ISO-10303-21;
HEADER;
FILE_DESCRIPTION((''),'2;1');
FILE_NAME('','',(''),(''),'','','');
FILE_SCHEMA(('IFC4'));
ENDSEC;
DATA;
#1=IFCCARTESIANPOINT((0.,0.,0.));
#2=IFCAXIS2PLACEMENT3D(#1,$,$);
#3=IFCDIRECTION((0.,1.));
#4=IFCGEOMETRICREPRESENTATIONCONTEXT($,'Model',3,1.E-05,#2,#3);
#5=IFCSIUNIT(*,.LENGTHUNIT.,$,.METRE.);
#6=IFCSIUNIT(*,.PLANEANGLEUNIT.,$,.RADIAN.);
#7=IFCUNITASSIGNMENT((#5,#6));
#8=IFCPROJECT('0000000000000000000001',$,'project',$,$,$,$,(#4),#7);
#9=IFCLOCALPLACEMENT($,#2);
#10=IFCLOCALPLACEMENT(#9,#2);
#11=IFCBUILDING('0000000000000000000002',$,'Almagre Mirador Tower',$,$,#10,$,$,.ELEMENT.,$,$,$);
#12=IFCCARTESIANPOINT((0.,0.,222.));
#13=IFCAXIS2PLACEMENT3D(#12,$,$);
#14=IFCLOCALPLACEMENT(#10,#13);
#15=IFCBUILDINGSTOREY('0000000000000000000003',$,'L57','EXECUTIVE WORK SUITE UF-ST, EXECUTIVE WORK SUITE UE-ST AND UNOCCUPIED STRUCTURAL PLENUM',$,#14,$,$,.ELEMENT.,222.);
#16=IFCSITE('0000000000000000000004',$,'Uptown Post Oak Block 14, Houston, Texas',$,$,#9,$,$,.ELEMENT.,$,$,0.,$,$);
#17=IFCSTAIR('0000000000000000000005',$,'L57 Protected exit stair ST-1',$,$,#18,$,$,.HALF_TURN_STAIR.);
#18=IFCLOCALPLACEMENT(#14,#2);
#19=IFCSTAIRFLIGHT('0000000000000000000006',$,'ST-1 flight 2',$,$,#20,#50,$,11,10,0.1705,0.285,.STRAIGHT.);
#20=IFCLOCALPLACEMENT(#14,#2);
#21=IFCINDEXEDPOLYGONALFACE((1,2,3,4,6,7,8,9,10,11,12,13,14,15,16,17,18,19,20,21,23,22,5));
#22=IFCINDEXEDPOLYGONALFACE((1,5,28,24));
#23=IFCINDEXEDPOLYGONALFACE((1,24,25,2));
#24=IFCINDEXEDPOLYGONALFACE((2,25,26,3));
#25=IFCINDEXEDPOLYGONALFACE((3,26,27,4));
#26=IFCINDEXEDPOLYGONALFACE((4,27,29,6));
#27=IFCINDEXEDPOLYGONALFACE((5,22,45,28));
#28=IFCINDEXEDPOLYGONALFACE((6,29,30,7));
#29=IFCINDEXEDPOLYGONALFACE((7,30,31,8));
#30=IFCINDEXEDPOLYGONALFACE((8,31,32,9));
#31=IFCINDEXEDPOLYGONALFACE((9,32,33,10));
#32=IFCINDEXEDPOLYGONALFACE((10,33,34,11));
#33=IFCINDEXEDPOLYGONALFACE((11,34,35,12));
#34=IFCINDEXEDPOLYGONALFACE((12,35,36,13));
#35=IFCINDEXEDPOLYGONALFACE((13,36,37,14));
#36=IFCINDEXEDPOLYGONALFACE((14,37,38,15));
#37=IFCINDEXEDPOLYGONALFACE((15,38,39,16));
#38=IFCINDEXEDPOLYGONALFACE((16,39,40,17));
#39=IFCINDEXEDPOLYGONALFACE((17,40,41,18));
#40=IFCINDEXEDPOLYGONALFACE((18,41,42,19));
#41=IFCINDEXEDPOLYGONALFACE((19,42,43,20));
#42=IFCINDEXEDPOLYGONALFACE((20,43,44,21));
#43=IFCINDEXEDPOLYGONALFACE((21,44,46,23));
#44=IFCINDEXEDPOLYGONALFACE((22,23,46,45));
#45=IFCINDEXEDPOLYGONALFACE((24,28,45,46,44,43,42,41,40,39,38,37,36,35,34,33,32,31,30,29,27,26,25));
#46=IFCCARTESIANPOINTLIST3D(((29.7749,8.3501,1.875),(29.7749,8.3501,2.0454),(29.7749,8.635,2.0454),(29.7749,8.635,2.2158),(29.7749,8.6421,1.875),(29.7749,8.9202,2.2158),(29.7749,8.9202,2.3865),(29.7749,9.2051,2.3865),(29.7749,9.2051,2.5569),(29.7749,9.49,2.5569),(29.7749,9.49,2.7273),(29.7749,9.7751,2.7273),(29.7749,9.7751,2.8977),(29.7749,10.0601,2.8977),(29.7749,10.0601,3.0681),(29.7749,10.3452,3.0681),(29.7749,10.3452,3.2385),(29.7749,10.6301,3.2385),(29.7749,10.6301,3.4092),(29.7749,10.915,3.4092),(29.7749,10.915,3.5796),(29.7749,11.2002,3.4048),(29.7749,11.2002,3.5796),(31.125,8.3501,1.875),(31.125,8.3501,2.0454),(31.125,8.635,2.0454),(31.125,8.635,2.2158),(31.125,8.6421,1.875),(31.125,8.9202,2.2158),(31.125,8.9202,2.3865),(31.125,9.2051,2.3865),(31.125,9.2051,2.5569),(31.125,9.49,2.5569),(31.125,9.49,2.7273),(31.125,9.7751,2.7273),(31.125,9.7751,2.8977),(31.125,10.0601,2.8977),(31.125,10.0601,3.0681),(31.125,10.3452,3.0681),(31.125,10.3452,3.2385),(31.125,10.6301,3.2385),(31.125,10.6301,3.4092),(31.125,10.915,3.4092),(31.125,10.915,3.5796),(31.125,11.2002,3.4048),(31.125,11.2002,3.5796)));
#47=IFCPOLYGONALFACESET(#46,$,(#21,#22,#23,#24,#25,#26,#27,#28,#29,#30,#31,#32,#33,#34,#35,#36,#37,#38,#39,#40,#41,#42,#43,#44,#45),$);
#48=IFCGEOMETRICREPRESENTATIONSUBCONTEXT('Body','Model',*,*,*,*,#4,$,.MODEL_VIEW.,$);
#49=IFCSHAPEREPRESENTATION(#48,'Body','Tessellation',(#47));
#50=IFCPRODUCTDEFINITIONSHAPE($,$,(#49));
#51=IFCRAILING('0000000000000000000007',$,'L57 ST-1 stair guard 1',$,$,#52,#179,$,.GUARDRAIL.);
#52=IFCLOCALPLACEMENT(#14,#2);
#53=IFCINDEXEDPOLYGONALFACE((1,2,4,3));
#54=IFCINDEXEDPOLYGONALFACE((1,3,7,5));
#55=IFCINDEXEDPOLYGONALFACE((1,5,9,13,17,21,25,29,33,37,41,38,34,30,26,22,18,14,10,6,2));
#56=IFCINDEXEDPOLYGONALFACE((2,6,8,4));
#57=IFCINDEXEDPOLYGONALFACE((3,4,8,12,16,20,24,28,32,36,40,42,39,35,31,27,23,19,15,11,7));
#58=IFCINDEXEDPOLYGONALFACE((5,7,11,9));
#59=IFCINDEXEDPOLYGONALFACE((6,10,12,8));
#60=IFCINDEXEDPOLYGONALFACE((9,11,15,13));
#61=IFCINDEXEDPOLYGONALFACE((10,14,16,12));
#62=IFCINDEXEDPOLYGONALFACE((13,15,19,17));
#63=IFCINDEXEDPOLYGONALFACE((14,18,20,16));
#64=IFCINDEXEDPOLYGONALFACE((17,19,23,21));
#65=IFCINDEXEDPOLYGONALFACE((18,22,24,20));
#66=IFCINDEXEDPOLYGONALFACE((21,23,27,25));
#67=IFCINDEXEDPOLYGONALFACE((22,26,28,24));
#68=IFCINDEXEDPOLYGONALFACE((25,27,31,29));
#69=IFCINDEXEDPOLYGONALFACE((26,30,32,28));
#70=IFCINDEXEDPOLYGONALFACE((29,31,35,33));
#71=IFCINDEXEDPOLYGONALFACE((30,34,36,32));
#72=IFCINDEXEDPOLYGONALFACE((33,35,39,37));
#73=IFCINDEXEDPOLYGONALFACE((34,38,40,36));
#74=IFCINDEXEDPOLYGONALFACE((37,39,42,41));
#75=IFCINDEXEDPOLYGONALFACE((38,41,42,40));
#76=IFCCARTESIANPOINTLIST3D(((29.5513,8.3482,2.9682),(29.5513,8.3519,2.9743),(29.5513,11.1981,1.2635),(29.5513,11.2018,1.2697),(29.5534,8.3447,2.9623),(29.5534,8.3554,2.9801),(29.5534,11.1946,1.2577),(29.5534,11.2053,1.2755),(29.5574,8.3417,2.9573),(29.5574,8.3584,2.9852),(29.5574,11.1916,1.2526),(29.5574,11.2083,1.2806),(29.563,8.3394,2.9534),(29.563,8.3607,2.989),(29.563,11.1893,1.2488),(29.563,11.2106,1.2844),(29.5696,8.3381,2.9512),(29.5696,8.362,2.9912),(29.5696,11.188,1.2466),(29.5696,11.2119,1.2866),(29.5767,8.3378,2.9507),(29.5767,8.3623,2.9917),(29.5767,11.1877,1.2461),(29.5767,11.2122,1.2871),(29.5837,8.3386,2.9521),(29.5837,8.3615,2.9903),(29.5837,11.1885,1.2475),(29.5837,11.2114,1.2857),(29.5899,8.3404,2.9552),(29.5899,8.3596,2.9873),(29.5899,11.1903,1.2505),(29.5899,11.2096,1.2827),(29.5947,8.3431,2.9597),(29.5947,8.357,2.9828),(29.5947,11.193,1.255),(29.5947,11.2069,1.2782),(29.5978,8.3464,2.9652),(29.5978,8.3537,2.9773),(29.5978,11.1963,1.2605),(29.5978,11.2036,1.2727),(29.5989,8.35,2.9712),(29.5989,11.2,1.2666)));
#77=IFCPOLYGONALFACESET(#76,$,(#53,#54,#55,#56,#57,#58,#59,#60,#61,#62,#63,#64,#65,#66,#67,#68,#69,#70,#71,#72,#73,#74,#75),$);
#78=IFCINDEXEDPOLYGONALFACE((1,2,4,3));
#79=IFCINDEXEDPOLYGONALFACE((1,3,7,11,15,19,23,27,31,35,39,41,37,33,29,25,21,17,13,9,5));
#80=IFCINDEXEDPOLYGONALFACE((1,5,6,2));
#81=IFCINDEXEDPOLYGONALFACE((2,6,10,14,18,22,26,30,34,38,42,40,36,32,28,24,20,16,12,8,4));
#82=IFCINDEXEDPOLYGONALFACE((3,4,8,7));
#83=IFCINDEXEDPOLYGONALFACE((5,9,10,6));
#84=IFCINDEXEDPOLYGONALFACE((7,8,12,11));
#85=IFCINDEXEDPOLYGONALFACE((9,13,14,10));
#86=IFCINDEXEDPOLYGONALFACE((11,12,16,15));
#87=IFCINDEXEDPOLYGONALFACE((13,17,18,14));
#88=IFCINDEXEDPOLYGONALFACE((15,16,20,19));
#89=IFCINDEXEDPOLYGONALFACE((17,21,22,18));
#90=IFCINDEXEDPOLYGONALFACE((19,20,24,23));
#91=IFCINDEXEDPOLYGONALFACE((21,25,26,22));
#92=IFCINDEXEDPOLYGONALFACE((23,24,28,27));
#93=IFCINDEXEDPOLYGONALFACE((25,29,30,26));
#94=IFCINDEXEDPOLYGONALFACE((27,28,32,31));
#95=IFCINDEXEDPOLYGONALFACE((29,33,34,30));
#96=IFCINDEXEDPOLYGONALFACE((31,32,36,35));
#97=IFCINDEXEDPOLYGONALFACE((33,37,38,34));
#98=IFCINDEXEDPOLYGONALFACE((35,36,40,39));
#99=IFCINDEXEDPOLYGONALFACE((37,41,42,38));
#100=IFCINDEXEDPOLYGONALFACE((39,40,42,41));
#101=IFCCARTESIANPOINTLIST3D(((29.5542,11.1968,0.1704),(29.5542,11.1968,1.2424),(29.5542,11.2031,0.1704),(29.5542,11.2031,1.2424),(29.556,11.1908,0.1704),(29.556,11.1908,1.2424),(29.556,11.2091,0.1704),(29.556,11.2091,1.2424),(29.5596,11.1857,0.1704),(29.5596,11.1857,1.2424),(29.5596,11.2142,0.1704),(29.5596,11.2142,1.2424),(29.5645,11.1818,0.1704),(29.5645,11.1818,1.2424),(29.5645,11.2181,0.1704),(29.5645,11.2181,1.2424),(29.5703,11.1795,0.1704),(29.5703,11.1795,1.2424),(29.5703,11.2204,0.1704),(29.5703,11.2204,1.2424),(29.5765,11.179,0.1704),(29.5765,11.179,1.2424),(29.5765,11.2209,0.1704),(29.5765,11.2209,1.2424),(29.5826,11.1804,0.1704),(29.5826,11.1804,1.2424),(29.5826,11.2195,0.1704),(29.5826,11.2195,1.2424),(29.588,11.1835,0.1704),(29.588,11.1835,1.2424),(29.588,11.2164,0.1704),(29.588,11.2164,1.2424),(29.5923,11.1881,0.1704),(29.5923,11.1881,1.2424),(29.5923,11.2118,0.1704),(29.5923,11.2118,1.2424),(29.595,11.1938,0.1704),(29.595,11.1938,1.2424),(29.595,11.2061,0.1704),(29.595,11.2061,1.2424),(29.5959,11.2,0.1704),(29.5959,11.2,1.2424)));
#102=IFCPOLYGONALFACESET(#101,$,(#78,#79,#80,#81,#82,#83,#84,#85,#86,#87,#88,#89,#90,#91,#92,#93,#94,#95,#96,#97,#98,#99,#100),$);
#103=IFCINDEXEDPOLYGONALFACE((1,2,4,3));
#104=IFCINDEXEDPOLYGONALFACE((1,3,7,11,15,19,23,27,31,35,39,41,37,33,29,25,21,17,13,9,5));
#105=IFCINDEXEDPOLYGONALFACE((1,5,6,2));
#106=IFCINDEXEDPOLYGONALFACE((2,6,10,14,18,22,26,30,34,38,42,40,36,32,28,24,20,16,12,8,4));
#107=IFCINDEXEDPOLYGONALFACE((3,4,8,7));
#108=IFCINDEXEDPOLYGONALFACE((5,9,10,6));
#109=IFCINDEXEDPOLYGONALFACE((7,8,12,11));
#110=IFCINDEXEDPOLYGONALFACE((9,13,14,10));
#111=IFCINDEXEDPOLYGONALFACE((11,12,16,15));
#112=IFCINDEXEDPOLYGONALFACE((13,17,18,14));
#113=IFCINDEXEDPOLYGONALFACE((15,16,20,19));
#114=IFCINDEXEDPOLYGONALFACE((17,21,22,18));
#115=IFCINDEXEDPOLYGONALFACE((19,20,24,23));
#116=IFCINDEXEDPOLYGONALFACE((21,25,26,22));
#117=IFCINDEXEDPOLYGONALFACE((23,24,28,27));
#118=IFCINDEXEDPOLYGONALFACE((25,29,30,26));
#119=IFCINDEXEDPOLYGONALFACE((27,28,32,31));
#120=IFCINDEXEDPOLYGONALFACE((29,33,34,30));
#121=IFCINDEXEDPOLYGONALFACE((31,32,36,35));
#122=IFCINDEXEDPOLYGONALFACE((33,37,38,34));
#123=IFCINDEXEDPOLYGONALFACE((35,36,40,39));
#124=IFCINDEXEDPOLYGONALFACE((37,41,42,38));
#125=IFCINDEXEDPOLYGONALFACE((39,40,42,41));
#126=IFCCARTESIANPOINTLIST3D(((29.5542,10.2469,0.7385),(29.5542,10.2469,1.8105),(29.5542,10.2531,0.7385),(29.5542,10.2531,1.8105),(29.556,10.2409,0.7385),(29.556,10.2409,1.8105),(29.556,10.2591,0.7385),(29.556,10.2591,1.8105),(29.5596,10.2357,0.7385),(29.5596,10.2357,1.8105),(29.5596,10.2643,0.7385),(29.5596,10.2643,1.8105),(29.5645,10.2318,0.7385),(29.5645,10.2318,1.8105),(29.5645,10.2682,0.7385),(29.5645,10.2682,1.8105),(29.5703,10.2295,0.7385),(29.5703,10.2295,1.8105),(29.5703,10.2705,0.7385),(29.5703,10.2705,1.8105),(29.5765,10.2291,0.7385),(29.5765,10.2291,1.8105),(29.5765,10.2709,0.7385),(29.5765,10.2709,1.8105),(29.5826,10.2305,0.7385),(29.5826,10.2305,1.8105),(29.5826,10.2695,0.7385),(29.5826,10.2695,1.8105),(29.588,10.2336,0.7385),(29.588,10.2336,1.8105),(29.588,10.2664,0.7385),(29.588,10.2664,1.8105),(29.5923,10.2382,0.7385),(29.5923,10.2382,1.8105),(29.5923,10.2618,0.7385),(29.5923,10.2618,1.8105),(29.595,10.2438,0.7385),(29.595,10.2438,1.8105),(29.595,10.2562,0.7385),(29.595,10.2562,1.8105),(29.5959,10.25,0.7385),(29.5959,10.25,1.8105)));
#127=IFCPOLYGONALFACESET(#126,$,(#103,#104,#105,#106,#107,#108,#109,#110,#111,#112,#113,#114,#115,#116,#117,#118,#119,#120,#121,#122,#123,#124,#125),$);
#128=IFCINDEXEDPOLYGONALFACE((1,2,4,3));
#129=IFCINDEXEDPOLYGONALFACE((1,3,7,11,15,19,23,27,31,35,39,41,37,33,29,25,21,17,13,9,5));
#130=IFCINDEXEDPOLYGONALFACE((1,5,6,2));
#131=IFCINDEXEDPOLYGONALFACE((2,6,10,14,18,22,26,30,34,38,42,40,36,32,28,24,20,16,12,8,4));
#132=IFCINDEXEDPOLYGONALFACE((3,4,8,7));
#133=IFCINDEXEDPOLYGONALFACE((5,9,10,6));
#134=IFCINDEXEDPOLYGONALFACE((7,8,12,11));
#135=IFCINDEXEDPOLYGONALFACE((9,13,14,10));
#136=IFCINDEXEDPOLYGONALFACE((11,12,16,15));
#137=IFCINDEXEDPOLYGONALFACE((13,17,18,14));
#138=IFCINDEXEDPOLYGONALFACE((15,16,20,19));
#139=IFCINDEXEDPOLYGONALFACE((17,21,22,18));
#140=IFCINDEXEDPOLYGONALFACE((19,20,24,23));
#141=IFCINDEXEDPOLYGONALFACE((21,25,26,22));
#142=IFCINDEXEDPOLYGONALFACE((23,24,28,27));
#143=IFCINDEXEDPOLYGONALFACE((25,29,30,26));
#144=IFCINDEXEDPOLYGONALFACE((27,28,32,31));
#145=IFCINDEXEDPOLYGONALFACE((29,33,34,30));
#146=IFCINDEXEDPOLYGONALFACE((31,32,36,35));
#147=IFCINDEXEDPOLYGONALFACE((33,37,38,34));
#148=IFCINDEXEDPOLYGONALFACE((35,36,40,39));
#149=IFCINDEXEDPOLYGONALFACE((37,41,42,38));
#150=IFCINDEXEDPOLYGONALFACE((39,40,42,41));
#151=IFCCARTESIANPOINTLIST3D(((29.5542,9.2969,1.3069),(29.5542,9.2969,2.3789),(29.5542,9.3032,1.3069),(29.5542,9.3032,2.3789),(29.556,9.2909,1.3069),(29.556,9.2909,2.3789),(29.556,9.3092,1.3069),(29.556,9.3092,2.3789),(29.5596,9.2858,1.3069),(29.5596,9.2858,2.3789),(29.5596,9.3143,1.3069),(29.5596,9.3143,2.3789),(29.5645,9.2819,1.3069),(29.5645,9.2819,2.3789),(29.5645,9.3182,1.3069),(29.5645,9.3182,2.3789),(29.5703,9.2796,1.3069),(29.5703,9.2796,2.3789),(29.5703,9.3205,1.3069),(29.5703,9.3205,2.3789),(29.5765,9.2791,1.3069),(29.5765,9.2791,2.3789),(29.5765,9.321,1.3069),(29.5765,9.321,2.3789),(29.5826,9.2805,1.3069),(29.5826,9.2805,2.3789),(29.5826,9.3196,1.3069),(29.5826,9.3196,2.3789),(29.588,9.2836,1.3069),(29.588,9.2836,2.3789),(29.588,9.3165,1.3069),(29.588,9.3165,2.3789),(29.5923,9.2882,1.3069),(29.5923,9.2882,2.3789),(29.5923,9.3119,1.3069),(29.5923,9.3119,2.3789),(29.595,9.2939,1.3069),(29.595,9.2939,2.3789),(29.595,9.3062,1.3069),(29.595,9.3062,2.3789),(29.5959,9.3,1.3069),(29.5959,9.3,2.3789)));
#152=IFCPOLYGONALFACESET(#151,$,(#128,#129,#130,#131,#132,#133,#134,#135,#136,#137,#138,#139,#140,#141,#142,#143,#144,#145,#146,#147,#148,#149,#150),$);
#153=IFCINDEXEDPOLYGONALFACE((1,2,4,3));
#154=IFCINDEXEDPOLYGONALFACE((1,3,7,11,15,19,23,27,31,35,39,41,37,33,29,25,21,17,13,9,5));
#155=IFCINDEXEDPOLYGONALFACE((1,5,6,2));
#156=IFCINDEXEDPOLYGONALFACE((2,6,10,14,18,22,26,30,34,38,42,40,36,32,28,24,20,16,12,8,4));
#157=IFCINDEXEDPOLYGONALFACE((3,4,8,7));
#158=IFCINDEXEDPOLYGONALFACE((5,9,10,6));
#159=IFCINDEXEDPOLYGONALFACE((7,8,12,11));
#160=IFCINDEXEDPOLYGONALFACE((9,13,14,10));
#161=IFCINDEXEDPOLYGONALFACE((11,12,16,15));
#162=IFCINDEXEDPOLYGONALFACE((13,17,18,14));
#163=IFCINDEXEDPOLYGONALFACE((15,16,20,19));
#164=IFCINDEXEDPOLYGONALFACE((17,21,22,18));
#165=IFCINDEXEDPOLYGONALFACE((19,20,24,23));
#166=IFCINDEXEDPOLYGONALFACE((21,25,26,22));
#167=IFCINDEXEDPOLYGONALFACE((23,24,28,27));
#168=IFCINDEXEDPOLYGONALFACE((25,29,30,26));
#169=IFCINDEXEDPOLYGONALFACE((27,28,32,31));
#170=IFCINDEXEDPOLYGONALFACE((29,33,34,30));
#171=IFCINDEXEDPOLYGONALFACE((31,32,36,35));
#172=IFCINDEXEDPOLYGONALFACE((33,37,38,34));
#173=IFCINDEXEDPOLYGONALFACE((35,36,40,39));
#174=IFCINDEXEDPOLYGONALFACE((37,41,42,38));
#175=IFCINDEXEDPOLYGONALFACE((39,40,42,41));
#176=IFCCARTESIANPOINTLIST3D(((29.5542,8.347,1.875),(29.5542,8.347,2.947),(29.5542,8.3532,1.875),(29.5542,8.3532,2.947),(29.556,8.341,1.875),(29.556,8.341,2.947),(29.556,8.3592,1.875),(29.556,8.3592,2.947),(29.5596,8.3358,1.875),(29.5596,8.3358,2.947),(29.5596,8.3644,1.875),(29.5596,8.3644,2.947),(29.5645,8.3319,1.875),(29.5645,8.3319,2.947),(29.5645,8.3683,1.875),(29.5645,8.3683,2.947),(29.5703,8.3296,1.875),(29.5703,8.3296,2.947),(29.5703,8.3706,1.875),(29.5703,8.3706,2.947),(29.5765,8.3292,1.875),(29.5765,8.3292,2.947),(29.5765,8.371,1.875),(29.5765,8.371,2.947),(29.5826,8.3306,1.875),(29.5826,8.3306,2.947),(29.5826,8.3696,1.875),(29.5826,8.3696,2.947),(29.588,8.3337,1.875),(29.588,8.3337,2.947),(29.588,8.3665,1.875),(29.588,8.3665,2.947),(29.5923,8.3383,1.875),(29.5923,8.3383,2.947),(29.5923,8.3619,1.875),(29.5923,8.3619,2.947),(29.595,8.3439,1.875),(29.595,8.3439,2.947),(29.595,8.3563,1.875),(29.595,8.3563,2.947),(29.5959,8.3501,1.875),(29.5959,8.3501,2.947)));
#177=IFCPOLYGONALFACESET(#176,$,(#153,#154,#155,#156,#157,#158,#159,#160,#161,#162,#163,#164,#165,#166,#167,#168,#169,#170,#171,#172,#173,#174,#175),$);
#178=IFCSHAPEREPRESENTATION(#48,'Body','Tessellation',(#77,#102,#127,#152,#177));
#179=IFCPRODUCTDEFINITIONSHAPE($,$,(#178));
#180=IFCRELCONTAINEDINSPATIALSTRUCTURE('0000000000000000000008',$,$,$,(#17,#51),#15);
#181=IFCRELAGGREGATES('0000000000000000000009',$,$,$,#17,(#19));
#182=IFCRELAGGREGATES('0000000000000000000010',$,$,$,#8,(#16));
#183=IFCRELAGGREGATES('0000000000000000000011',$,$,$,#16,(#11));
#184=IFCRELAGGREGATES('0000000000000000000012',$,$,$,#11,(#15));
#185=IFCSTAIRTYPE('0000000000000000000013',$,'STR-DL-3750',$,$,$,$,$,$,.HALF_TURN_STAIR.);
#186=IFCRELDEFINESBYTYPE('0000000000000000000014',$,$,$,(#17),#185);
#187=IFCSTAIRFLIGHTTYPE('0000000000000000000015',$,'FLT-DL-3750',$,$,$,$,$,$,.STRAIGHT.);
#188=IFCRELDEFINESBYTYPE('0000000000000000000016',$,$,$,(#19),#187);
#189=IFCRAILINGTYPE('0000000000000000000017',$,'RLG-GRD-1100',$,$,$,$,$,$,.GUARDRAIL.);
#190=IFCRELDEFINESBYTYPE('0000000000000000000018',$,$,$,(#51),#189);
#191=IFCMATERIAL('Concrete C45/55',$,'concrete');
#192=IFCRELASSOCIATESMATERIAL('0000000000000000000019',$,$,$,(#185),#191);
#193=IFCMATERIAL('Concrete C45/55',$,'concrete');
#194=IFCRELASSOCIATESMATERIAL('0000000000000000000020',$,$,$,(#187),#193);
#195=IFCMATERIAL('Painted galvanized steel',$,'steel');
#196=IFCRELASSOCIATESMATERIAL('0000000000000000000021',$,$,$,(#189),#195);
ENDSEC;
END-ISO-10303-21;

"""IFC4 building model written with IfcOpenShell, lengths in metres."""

from ifc_helpers import new_model, si_unit, direction, frame, origin, origin_2d, place, context, subcontext, project, spatial, polyline, circle, outline, extrude, material, type_object, element, aggregate, save


model = new_model("IFC4")

# Units and contexts
model_context = context("Model", 3, precision=1e-05, world=origin(), true_north=direction((0.0, 1.0)))
body_context = subcontext(model_context, "Body", "Model", "MODEL_VIEW")
ifc_project = project(units=[si_unit("LENGTHUNIT", "METRE"), si_unit("PLANEANGLEUNIT", "RADIAN")], contexts=[model_context])

# Site, building, storey
site_placement = place(None, origin())
site = spatial("IfcSite", under=ifc_project, at=site_placement, Name="Uptown Post Oak Block 14, Houston, Texas", CompositionType="ELEMENT", RefElevation=0.0)
building_placement = place(site_placement, origin())
building = spatial("IfcBuilding", under=site, at=building_placement, Name="Almagre Mirador Tower", CompositionType="ELEMENT")
storey_placement = place(building_placement, frame((0.0, 0.0, 222.0)))
storey = spatial("IfcBuildingStorey", under=building, at=storey_placement, Name="L57", Description="EXECUTIVE WORK SUITE UF-ST, EXECUTIVE WORK SUITE UE-ST AND UNOCCUPIED STRUCTURAL PLENUM", CompositionType="ELEMENT", Elevation=222.0)

# Stair, stair flight
ifc_material_1 = material(Name="Concrete C45/55", Category="concrete")
stair_type = type_object("IfcStairType", Name="STR-DL-3750", PredefinedType="HALF_TURN_STAIR", material=ifc_material_1)
stair_placement = place(storey_placement, origin())
stair = element("IfcStair", 1, at=stair_placement, inside=storey, type_object=stair_type, Name="L57 Protected exit stair ST-1", PredefinedType="HALF_TURN_STAIR")
ifc_material_2 = material(Name="Concrete C45/55", Category="concrete")
stair_flight_type = type_object("IfcStairFlightType", Name="FLT-DL-3750", PredefinedType="STRAIGHT", material=ifc_material_2)
stair_flight_placement = place(storey_placement, frame((30.45, 8.3501, 1.875), z_axis=(0.0, 0.0, 1.0), x_axis=(0.0, 1.0, 0.0)))
stair_flight = element("IfcStairFlight", 2, at=stair_flight_placement, type_object=stair_flight_type, Name="ST-1 flight 2", NumberOfRisers=11, NumberOfTreads=10, PredefinedType="STRAIGHT", RiserHeight=0.1705, TreadLength=0.285, context=body_context, shape_type="SweptSolid", body=[
    extrude(outline(polyline([(0.0, 0.0), (0.0, 0.1704), (0.2849, 0.1704), (0.2849, 0.3408), (0.5701, 0.3408), (0.5701, 0.5115), (0.855, 0.5115), (0.855, 0.6819), (1.1399, 0.6819), (1.1399, 0.8523), (1.425, 0.8523), (1.425, 1.0227), (1.71, 1.0227), (1.71, 1.1931), (1.9951, 1.1931), (1.9951, 1.3635), (2.28, 1.3635), (2.28, 1.5342), (2.5649, 1.5342), (2.5649, 1.7046), (2.8501, 1.7046), (2.8501, 1.875), (2.8501, 1.5298), (0.292, 0.0), (0.0, 0.0)])), frame((0.0, 0.675, 0.0), z_axis=(0.0, -1.0, 0.0), x_axis=(1.0, 0.0, 0.0)), (0.0, 0.0, 1.0), 1.3501),
])
aggregate(stair, [stair_flight])

# Railing
ifc_material_3 = material(Name="Painted galvanized steel", Category="steel")
railing_type_1 = type_object("IfcRailingType", Name="RLG-GRD-1100", PredefinedType="GUARDRAIL", material=ifc_material_3)
railing_1_placement = place(storey_placement, frame((29.575, 11.2, 0.1704)))
element("IfcRailing", 3, at=railing_1_placement, inside=storey, type_object=railing_type_1, Name="L57 ST-1 stair guard 1", PredefinedType="GUARDRAIL", context=body_context, shape_type="SweptSolid", body=[
    extrude(circle(Radius=0.0239, at=origin_2d()), frame((0.0, 0.0, 1.0962), z_axis=(0.0, -0.858199, 0.513317), x_axis=(1.0, 0.0, 0.0)), (0.0, 0.0, 1.0), 3.3208),
    extrude(circle(Radius=0.021, at=origin_2d()), origin(), (0.0, 0.0, 1.0), 1.072),
    extrude(circle(Radius=0.021, at=origin_2d()), frame((0.0, -0.95, 0.5681)), (0.0, 0.0, 1.0), 1.072),
    extrude(circle(Radius=0.021, at=origin_2d()), frame((0.0, -1.8999, 1.1365)), (0.0, 0.0, 1.0), 1.072),
    extrude(circle(Radius=0.021, at=origin_2d()), frame((0.0, -2.8499, 1.7046)), (0.0, 0.0, 1.0), 1.072),
])

save(model, "model.ifc")
